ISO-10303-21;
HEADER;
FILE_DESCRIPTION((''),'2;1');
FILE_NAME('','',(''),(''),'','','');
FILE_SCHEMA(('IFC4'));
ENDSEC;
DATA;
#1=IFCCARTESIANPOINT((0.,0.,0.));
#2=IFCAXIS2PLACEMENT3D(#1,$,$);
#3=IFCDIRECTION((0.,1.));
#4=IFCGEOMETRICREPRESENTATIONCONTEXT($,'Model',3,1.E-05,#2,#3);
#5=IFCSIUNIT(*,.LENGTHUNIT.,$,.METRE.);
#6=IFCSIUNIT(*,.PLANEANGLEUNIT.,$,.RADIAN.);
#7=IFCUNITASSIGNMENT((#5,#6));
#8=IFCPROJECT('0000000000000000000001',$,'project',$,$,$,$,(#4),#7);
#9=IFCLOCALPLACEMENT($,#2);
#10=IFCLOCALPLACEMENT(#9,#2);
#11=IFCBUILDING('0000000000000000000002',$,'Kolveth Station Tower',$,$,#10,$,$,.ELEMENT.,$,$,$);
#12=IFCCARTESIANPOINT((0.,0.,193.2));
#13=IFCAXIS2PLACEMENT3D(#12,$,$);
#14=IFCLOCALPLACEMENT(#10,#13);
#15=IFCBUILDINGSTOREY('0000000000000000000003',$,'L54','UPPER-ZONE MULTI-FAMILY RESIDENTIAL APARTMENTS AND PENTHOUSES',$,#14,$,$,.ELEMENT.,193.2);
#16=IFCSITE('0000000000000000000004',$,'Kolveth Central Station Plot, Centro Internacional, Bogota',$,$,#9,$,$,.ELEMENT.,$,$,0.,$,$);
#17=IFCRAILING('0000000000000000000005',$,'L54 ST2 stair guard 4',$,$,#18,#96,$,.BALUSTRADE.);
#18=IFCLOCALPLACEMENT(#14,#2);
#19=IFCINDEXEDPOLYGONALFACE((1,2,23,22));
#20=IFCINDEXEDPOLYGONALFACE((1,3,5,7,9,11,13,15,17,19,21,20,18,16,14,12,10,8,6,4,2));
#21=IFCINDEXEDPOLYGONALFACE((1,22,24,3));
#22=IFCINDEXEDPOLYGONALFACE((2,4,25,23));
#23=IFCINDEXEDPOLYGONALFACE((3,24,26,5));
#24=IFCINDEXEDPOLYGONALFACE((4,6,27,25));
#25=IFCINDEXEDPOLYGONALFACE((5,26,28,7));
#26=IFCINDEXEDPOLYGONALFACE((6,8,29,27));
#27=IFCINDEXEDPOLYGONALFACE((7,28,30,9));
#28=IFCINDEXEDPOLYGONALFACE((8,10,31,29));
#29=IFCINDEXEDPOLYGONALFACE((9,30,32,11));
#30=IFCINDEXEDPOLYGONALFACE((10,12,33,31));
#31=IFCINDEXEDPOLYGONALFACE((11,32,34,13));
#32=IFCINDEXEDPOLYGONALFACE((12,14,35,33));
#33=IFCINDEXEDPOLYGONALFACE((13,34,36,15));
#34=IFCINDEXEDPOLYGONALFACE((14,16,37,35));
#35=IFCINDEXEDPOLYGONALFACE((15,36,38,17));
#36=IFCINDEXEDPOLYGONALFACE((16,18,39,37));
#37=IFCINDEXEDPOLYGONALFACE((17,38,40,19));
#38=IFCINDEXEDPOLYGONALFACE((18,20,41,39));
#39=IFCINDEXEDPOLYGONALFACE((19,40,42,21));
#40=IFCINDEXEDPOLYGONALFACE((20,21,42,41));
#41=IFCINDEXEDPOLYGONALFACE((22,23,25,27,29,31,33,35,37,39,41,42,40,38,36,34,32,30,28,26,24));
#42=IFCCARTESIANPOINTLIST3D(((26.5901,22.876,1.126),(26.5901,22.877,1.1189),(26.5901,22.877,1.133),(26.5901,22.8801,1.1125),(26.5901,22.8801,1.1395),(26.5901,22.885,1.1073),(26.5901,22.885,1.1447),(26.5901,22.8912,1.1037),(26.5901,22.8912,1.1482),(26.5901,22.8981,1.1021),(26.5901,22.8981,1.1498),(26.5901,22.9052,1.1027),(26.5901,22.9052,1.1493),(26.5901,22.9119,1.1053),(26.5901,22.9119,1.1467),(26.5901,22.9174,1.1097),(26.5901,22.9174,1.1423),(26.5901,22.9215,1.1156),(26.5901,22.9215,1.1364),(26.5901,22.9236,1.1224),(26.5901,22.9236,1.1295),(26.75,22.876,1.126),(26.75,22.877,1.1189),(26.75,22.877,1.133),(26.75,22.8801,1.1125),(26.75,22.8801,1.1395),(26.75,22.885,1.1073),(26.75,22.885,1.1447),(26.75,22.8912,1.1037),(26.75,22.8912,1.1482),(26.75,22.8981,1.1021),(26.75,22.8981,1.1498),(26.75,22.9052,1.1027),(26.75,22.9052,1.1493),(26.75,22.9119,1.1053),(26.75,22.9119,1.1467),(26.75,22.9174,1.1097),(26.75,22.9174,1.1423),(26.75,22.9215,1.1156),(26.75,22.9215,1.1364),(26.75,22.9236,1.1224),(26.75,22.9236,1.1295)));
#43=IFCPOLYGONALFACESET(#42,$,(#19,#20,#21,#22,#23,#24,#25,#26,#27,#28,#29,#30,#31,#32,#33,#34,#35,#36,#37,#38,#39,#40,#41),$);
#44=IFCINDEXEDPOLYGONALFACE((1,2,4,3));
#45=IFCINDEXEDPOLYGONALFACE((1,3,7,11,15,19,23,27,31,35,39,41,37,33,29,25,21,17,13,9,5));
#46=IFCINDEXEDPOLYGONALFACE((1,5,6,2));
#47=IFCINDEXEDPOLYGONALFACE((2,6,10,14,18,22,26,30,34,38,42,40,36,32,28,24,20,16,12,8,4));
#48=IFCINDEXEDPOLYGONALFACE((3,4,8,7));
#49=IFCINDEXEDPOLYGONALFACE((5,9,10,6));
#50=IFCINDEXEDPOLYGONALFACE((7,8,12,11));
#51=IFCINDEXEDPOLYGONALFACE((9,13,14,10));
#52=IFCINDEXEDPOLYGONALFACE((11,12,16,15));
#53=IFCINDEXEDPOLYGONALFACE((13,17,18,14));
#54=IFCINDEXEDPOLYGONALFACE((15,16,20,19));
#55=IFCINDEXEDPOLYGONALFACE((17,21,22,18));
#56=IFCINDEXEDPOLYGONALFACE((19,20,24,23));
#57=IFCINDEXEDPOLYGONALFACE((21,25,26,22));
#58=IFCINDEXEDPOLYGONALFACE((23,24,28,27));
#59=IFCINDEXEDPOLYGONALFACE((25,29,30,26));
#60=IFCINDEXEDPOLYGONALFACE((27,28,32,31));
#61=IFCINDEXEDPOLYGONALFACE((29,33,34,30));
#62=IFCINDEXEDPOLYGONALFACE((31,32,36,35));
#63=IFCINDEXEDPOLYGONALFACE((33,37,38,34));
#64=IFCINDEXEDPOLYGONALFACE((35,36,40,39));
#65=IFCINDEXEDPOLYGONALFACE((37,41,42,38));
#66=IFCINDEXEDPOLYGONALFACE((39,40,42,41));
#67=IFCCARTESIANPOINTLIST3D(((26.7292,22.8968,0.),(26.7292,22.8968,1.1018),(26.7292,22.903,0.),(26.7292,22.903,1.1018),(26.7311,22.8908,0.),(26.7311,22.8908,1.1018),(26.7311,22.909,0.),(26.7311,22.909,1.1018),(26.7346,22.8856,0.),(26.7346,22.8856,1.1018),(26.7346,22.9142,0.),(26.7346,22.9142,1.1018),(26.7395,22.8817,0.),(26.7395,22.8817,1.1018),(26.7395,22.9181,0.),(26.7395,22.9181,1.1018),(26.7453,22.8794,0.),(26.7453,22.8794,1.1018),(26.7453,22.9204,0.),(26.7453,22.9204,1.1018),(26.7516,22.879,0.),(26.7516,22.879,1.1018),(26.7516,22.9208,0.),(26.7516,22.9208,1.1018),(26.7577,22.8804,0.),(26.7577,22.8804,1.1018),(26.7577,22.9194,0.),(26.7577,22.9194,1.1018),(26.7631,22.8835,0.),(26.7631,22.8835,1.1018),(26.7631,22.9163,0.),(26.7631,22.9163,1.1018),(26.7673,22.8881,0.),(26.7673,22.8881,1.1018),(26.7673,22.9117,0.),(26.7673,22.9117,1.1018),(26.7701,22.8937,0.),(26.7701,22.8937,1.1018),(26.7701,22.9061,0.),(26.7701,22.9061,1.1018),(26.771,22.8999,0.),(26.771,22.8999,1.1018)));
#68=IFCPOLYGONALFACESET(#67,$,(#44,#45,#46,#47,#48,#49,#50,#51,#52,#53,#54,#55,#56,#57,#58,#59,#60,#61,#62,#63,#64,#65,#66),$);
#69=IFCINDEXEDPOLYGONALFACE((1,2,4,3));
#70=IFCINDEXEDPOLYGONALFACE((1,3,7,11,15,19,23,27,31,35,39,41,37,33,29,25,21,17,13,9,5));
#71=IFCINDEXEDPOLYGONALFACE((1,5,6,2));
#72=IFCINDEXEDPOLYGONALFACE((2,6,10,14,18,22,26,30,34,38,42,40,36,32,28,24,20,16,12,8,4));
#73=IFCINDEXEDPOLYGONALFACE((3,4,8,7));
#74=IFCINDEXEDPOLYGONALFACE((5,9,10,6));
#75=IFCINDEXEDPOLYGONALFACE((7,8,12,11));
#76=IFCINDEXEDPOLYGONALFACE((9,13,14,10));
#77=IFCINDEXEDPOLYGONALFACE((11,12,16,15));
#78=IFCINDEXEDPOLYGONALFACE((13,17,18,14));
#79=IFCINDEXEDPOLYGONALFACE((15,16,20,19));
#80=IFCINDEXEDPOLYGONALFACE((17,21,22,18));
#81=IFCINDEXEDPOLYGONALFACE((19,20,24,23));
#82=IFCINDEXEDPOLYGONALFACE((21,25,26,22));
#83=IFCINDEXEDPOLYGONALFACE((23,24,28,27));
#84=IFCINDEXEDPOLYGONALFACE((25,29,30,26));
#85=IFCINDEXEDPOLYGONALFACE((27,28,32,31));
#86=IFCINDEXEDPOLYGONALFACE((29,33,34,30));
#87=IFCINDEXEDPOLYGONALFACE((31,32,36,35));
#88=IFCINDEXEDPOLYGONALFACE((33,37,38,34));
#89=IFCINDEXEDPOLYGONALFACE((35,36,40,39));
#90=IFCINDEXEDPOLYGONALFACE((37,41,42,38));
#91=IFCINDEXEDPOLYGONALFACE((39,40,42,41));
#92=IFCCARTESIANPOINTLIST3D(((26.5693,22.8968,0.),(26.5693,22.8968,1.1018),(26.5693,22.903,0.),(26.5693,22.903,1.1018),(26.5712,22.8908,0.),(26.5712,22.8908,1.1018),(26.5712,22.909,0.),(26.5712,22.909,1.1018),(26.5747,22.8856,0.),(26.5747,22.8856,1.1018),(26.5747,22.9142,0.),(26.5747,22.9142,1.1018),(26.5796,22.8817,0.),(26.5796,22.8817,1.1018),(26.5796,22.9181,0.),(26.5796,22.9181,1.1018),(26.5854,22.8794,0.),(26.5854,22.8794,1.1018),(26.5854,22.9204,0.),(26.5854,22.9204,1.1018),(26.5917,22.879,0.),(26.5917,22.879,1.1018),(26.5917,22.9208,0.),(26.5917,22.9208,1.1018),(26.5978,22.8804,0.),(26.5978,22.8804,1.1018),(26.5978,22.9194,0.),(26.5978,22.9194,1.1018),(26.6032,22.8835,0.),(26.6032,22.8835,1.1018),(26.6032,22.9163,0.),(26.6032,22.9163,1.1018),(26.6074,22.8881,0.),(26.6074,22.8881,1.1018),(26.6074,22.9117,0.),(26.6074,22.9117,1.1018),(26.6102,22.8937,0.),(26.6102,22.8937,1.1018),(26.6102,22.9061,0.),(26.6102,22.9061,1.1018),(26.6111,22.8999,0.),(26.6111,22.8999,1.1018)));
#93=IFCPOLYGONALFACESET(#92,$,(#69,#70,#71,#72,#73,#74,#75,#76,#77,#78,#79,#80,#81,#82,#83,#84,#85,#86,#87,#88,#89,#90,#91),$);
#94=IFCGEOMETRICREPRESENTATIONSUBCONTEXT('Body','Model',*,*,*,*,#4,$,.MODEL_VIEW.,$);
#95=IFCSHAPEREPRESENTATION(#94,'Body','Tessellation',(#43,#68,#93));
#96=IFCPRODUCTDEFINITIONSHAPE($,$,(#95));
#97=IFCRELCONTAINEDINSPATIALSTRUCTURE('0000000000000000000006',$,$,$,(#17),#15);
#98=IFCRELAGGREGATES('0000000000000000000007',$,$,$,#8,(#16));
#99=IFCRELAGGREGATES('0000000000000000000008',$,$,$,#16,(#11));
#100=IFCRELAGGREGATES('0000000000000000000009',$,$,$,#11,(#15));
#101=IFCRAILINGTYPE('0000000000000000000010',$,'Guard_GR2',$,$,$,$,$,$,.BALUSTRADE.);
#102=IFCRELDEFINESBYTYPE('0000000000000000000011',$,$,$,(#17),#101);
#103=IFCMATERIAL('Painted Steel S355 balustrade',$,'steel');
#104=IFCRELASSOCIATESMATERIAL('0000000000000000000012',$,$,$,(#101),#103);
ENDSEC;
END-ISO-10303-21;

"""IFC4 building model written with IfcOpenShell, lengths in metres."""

from ifc_helpers import new_model, si_unit, direction, frame, origin, origin_2d, place, context, subcontext, project, spatial, circle, extrude, material, type_object, element, save


model = new_model("IFC4")

# Units and contexts
model_context = context("Model", 3, precision=1e-05, world=origin(), true_north=direction((0.0, 1.0)))
body_context = subcontext(model_context, "Body", "Model", "MODEL_VIEW")
ifc_project = project(units=[si_unit("LENGTHUNIT", "METRE"), si_unit("PLANEANGLEUNIT", "RADIAN")], contexts=[model_context])

# Site, building, storey
site_placement = place(None, origin())
site = spatial("IfcSite", under=ifc_project, at=site_placement, Name="Kolveth Central Station Plot, Centro Internacional, Bogota", CompositionType="ELEMENT", RefElevation=0.0)
building_placement = place(site_placement, origin())
building = spatial("IfcBuilding", under=site, at=building_placement, Name="Kolveth Station Tower", CompositionType="ELEMENT")
storey_placement = place(building_placement, frame((0.0, 0.0, 193.2)))
storey = spatial("IfcBuildingStorey", under=building, at=storey_placement, Name="L54", Description="UPPER-ZONE MULTI-FAMILY RESIDENTIAL APARTMENTS AND PENTHOUSES", CompositionType="ELEMENT", Elevation=193.2)

# Railing
ifc_material_1 = material(Name="Painted Steel S355 balustrade", Category="steel")
railing_type_1 = type_object("IfcRailingType", Name="Guard_GR2", PredefinedType="BALUSTRADE", material=ifc_material_1)
railing_1_placement = place(storey_placement, frame((26.75, 22.8999, 0.0)))
element("IfcRailing", 1, at=railing_1_placement, inside=storey, type_object=railing_type_1, Name="L54 ST2 stair guard 4", PredefinedType="BALUSTRADE", context=body_context, shape_type="SweptSolid", body=[
    extrude(circle(Radius=0.0239, at=origin_2d()), frame((0.0, 0.0, 1.126), z_axis=(-1.0, 0.0, 0.0), x_axis=(0.0, -1.0, 0.0)), (0.0, 0.0, 1.0), 0.1599),
    extrude(circle(Radius=0.021, at=origin_2d()), origin(), (0.0, 0.0, 1.0), 1.1018),
    extrude(circle(Radius=0.021, at=origin_2d()), frame((-0.1599, 0.0, 0.0)), (0.0, 0.0, 1.0), 1.1018),
])

save(model, "model.ifc")
